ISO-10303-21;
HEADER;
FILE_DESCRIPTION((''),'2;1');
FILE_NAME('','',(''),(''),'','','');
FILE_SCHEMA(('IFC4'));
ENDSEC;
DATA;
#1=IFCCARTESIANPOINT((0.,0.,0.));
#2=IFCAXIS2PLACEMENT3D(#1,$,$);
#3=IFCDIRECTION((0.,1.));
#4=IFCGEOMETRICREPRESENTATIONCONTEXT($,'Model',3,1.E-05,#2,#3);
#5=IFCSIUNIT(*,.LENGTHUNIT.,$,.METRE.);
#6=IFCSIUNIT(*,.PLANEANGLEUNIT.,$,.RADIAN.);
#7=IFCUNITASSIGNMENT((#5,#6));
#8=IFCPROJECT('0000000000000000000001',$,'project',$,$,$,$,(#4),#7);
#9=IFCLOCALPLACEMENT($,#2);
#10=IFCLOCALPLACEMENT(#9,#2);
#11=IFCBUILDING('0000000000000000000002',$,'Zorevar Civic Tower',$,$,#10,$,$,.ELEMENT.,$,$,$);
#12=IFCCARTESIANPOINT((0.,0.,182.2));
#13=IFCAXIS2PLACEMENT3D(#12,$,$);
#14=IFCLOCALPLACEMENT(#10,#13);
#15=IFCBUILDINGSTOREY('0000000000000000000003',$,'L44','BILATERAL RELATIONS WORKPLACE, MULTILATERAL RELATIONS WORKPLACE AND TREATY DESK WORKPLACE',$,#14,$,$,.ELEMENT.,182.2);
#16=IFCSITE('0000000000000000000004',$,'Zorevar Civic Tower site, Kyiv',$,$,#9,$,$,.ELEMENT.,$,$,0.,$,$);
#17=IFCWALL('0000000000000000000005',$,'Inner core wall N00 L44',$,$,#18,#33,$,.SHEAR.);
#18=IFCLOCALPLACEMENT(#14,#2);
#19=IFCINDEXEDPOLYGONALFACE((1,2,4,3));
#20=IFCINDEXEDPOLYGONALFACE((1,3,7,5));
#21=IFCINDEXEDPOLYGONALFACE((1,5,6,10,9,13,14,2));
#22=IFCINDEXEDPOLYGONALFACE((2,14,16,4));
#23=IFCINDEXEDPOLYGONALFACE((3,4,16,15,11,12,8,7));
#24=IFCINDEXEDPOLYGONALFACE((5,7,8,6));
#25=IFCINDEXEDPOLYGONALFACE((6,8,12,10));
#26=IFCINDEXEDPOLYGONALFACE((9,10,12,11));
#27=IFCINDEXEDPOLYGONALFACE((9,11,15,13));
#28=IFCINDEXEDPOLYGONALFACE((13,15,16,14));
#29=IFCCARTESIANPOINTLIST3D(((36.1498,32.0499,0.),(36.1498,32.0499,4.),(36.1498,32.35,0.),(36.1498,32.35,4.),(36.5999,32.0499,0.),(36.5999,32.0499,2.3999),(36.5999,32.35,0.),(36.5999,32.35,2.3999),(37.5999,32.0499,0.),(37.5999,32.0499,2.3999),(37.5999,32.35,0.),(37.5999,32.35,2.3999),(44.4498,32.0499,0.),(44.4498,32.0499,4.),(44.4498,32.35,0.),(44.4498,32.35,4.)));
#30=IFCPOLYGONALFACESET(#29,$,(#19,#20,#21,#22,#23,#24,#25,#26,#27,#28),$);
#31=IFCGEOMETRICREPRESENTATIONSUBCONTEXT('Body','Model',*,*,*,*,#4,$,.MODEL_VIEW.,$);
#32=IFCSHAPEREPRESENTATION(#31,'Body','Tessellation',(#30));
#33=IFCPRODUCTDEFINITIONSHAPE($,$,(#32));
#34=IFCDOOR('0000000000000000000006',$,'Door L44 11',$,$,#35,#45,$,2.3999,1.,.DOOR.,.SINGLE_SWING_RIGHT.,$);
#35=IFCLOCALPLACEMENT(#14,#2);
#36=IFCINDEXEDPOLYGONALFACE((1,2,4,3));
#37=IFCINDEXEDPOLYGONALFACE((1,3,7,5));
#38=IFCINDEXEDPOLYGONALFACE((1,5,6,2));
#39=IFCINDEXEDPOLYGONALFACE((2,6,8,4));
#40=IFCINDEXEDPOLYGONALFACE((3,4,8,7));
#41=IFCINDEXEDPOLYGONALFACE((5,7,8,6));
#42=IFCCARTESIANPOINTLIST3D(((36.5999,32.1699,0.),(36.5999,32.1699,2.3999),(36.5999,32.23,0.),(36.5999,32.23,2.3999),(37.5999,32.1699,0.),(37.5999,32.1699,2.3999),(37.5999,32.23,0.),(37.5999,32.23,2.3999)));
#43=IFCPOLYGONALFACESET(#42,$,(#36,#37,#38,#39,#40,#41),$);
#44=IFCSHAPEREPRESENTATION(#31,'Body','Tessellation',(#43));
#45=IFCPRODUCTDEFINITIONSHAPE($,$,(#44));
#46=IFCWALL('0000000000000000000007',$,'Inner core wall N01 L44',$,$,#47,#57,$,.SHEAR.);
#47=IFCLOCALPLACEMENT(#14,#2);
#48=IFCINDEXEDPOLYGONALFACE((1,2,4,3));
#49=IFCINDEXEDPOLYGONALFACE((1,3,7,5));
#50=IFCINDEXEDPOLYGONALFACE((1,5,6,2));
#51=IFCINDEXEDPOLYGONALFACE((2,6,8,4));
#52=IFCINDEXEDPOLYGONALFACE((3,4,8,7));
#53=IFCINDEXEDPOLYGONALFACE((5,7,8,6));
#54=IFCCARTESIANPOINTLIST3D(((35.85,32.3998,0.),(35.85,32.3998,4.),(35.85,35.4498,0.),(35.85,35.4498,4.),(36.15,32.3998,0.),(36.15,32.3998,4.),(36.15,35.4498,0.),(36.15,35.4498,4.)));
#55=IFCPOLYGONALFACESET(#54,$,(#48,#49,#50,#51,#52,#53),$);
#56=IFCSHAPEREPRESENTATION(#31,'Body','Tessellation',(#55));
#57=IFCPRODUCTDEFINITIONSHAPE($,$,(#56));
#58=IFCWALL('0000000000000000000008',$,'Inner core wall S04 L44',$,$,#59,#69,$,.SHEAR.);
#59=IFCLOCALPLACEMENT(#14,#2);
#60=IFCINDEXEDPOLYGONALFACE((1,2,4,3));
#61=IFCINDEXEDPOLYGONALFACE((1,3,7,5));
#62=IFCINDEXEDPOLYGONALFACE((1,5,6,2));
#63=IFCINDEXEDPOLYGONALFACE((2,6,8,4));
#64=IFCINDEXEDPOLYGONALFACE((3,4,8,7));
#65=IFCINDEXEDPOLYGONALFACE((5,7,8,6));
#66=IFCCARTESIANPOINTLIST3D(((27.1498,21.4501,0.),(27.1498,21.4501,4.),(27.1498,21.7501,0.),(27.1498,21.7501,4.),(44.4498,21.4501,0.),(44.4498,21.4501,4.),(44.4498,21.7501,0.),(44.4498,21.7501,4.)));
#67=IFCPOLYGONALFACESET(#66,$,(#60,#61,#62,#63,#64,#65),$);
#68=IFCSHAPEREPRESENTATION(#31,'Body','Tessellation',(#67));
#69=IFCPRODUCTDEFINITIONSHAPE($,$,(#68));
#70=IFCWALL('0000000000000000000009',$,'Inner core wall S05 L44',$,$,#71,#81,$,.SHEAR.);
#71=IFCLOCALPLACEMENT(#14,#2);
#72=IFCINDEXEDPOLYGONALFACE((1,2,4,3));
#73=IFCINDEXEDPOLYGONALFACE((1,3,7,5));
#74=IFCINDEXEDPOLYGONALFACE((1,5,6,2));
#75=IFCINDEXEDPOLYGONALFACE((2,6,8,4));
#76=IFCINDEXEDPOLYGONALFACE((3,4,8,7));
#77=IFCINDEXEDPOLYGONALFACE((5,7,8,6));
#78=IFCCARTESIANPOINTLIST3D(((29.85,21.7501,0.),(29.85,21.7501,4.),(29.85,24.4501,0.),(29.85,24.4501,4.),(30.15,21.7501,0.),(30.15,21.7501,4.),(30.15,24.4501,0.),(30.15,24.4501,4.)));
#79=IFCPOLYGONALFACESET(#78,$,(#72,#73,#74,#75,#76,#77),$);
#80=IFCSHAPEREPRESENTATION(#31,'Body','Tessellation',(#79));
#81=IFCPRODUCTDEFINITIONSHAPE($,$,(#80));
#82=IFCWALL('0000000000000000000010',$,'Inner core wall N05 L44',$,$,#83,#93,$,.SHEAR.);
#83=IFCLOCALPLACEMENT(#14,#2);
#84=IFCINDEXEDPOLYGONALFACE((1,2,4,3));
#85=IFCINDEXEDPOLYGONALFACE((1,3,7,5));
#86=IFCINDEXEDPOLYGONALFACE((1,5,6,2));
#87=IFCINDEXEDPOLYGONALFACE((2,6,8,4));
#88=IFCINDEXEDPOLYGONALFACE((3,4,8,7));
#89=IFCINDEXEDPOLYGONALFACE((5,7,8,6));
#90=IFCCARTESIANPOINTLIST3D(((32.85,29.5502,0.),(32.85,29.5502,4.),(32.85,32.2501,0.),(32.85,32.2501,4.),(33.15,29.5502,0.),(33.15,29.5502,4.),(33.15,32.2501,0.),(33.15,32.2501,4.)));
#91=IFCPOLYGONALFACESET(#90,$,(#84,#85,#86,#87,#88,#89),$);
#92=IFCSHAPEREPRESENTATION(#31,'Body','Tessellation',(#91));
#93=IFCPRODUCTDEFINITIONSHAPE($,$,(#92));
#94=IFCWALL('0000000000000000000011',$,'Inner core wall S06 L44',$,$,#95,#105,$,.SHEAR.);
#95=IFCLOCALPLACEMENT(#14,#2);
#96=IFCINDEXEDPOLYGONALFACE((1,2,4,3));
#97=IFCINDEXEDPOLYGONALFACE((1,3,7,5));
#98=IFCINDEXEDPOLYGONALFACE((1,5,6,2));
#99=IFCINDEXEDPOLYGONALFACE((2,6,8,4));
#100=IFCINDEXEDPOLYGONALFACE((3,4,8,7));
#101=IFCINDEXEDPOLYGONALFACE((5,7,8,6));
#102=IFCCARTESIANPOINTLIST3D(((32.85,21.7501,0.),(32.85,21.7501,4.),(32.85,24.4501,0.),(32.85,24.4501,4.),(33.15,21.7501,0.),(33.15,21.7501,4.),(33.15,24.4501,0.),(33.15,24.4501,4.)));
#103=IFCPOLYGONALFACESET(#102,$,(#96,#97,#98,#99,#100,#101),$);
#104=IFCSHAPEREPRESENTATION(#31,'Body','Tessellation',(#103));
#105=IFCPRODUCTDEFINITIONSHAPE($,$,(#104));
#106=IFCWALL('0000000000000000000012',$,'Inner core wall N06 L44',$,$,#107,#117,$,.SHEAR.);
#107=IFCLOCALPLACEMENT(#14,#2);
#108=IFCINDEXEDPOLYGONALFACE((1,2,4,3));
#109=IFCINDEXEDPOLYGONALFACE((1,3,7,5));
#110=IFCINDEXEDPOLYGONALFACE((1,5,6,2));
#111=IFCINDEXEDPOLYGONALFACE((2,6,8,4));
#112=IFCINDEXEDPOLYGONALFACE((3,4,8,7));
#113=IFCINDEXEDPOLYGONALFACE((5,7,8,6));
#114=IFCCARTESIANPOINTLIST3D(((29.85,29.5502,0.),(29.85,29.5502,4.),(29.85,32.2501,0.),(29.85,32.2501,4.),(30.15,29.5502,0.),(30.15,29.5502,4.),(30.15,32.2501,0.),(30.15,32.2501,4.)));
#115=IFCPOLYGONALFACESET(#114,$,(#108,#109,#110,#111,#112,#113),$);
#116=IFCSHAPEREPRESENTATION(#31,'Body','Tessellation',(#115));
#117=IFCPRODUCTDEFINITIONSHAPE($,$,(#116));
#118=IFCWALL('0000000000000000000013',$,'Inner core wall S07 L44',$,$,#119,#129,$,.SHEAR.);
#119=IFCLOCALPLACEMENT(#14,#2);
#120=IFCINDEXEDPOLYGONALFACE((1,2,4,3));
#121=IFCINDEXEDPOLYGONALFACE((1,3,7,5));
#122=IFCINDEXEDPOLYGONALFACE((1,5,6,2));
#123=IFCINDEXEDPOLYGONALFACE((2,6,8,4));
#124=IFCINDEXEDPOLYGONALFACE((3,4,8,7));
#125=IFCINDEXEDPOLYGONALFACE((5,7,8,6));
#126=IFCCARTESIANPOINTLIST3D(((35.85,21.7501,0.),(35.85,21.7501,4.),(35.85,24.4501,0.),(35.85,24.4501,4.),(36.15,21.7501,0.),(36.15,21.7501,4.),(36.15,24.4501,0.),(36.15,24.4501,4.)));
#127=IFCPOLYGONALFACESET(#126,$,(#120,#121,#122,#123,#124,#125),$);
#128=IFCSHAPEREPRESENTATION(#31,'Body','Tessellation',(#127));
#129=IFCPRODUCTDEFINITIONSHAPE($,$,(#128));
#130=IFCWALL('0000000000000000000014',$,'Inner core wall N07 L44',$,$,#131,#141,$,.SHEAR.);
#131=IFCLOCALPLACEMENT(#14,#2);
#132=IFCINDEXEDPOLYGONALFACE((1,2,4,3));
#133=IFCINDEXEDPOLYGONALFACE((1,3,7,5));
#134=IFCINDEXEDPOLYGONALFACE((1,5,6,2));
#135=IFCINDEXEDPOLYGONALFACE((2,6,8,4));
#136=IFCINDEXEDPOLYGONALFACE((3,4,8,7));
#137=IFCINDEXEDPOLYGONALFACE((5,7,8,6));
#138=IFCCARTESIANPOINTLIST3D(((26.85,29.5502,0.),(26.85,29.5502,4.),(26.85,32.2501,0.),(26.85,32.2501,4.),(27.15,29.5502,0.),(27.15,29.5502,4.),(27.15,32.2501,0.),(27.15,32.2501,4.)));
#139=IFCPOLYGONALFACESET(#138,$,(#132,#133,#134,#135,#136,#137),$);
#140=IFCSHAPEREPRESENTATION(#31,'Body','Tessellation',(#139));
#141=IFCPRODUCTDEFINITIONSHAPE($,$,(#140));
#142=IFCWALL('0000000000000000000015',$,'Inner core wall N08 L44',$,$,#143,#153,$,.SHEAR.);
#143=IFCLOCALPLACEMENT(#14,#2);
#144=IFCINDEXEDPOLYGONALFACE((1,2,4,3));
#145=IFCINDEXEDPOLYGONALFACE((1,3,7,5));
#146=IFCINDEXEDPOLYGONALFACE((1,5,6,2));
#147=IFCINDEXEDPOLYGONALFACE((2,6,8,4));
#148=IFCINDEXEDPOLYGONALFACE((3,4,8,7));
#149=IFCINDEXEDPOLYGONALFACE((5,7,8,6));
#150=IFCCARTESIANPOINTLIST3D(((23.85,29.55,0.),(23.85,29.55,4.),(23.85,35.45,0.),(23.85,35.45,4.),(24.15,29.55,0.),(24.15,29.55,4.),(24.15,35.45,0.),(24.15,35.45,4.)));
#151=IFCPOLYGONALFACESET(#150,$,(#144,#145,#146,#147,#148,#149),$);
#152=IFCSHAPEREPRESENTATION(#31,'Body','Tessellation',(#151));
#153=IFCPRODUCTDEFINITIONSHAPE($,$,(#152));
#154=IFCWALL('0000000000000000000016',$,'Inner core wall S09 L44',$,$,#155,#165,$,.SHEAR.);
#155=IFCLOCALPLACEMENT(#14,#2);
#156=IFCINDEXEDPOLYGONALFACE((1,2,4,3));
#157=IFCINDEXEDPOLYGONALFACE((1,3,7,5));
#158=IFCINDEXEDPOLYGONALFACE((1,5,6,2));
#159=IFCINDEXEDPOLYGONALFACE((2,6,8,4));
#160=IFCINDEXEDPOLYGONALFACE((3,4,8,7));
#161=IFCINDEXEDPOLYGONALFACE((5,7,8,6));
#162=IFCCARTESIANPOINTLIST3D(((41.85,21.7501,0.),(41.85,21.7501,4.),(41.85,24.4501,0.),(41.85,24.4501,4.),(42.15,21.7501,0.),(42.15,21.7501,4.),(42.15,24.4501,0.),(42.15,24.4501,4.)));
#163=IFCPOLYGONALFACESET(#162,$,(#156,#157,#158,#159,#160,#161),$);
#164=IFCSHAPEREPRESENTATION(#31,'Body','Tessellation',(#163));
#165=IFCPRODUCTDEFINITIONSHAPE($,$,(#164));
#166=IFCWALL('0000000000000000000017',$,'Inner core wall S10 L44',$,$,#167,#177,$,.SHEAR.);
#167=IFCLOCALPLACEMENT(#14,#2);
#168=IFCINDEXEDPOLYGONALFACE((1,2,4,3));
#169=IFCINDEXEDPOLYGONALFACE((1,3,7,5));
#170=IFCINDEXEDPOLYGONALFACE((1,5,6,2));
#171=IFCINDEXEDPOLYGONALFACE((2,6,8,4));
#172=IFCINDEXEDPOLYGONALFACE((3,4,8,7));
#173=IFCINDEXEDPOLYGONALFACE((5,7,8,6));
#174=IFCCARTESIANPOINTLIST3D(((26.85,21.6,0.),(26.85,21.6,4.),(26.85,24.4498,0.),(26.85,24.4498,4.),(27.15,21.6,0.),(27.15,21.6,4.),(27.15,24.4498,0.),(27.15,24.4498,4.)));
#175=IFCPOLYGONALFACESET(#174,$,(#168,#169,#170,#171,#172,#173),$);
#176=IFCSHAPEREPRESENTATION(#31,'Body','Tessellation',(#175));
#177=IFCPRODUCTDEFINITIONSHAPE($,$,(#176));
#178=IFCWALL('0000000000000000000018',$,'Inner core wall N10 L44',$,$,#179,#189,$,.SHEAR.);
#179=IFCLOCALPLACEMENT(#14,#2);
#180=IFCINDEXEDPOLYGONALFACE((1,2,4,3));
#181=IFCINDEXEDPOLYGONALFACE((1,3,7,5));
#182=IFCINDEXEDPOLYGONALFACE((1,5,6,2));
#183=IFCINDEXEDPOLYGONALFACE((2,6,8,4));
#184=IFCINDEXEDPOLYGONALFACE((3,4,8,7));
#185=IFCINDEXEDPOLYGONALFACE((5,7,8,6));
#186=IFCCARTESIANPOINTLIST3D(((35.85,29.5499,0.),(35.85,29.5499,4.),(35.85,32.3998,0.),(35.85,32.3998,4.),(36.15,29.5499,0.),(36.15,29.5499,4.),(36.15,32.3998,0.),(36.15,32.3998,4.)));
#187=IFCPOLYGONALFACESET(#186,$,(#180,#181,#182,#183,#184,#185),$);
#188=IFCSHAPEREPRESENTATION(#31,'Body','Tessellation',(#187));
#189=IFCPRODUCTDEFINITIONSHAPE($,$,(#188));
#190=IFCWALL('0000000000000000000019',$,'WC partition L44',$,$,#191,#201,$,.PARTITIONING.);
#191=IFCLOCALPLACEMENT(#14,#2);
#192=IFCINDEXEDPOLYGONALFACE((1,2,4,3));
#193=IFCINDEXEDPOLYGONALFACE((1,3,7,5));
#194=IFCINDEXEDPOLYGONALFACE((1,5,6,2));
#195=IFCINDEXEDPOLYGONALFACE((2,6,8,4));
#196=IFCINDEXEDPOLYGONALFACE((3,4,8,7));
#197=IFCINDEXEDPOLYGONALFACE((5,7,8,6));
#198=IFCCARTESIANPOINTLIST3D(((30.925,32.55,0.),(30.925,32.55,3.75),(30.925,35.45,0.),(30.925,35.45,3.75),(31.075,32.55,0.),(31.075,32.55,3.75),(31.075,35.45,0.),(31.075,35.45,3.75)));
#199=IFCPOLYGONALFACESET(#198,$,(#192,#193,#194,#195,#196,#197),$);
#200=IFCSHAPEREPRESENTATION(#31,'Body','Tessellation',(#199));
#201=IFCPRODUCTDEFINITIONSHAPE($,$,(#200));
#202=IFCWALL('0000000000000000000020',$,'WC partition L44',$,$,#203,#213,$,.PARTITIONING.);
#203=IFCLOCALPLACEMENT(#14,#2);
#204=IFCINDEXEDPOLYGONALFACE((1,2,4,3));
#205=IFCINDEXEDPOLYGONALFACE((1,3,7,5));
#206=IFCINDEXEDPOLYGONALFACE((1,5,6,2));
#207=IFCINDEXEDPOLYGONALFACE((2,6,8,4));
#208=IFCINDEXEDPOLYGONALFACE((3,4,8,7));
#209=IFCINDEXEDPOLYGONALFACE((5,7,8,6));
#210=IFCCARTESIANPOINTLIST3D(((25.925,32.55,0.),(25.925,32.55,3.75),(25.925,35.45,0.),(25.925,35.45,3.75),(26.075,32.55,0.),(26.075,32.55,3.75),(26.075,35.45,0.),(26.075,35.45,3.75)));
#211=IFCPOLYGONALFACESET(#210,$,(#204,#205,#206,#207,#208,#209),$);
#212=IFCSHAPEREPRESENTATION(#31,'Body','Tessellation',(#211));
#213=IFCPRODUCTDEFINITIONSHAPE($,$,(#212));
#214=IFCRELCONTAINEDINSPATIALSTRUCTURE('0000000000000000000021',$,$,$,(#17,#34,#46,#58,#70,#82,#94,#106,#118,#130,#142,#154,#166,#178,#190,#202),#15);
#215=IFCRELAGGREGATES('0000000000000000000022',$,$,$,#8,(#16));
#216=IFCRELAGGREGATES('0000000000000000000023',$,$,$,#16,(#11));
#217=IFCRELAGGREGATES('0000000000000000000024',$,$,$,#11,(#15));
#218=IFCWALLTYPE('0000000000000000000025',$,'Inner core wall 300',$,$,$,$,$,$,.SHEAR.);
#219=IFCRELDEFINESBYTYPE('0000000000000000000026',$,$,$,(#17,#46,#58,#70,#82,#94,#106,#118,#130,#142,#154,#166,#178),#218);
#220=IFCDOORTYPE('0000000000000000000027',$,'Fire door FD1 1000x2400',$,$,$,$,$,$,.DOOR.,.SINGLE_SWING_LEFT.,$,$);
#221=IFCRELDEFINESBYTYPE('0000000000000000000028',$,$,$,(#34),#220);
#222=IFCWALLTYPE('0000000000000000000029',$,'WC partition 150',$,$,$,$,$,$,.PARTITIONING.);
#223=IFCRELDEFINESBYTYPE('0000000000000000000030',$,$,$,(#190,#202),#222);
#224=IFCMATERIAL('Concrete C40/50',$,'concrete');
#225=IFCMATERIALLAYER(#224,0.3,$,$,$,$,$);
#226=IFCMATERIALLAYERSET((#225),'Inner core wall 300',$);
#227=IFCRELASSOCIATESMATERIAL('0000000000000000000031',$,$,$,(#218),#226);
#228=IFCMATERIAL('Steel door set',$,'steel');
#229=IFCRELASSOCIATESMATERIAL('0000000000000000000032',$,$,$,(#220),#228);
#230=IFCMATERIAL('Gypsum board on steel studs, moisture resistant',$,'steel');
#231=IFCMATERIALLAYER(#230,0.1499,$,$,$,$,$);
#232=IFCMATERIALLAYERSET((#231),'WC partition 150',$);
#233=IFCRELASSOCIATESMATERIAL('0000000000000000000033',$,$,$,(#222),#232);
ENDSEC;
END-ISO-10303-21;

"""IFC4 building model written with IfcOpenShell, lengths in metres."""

from ifc_helpers import new_model, si_unit, direction, frame, frame_2d, origin, place, context, subcontext, project, spatial, rectangle, extrude, material, layer, layer_set, type_object, element, fill, save


model = new_model("IFC4")

# Units and contexts
model_context = context("Model", 3, precision=1e-05, world=origin(), true_north=direction((0.0, 1.0)))
body_context = subcontext(model_context, "Body", "Model", "MODEL_VIEW")
ifc_project = project(units=[si_unit("LENGTHUNIT", "METRE"), si_unit("PLANEANGLEUNIT", "RADIAN")], contexts=[model_context])

# Site, building, storey
site_placement = place(None, origin())
site = spatial("IfcSite", under=ifc_project, at=site_placement, Name="Zorevar Civic Tower site, Kyiv", CompositionType="ELEMENT", RefElevation=0.0)
building_placement = place(site_placement, origin())
building = spatial("IfcBuilding", under=site, at=building_placement, Name="Zorevar Civic Tower", CompositionType="ELEMENT")
storey_placement = place(building_placement, frame((0.0, 0.0, 182.2)))
storey = spatial("IfcBuildingStorey", under=building, at=storey_placement, Name="L44", Description="BILATERAL RELATIONS WORKPLACE, MULTILATERAL RELATIONS WORKPLACE AND TREATY DESK WORKPLACE", CompositionType="ELEMENT", Elevation=182.2)

# Wall, opening, door
ifc_material_1 = material(Name="Concrete C40/50", Category="concrete")
ifc_layer_1 = layer(ifc_material_1, 0.3)
ifc_layer_set_1 = layer_set([ifc_layer_1], Name="Inner core wall 300")
wall_type_1 = type_object("IfcWallType", Name="Inner core wall 300", PredefinedType="SHEAR", material=ifc_layer_set_1)
wall_1_placement = place(storey_placement, frame((36.1499, 32.2, 0.0), z_axis=(0.0, 0.0, 1.0), x_axis=(1.0, 0.0, 0.0)))
wall_1 = element("IfcWall", 1, at=wall_1_placement, inside=storey, type_object=wall_type_1, Name="Inner core wall N00 L44", PredefinedType="SHEAR", context=body_context, shape_type="SweptSolid", body=[
    extrude(rectangle(XDim=8.3, YDim=0.3, at=frame_2d((4.1499, 0.0))), origin(), (0.0, 0.0, 1.0), 4.0),
])
opening_1_placement = place(wall_1_placement, frame((0.45, 0.0, 0.0)))
opening_1 = element("IfcOpeningElement", 2, at=opening_1_placement, cuts=wall_1, PredefinedType="OPENING", context=body_context, shape_type="SweptSolid", body=[
    extrude(rectangle(XDim=1.0, YDim=2.3999, at=frame_2d((0.5, 1.2))), frame((0.0, 0.1599, 0.0), z_axis=(0.0, -1.0, 0.0), x_axis=(1.0, 0.0, 0.0)), (0.0, 0.0, 1.0), 0.3201),
])
ifc_material_2 = material(Name="Steel door set", Category="steel")
door_type = type_object("IfcDoorType", Name="Fire door FD1 1000x2400", OperationType="SINGLE_SWING_LEFT", PredefinedType="DOOR", material=ifc_material_2)
door_1_placement = place(opening_1_placement, origin())
door_1 = element("IfcDoor", 3, at=door_1_placement, inside=storey, type_object=door_type, Name="Door L44 11", OperationType="SINGLE_SWING_RIGHT", OverallHeight=2.3999, OverallWidth=1.0, PredefinedType="DOOR", context=body_context, shape_type="SweptSolid", body=[
    extrude(rectangle(XDim=1.0, YDim=2.3999, at=frame_2d((0.5, 1.2))), frame((0.0, 0.03, 0.0), z_axis=(0.0, -1.0, 0.0), x_axis=(1.0, 0.0, 0.0)), (0.0, 0.0, 1.0), 0.0601),
])
fill(opening_1, door_1)

# Walls
wall_2_placement = place(storey_placement, frame((36.0, 32.3999, 0.0), z_axis=(0.0, 0.0, 1.0), x_axis=(0.0, 1.0, 0.0)))
element("IfcWall", 4, at=wall_2_placement, inside=storey, type_object=wall_type_1, Name="Inner core wall N01 L44", PredefinedType="SHEAR", context=body_context, shape_type="SweptSolid", body=[
    extrude(rectangle(XDim=3.05, YDim=0.3, at=frame_2d((1.5249, 0.0))), origin(), (0.0, 0.0, 1.0), 4.0),
])
wall_3_placement = place(storey_placement, frame((27.1499, 21.6001, 0.0), z_axis=(0.0, 0.0, 1.0), x_axis=(1.0, 0.0, 0.0)))
element("IfcWall", 5, at=wall_3_placement, inside=storey, type_object=wall_type_1, Name="Inner core wall S04 L44", PredefinedType="SHEAR", context=body_context, shape_type="SweptSolid", body=[
    extrude(rectangle(XDim=17.3, YDim=0.3, at=frame_2d((8.6499, 0.0))), origin(), (0.0, 0.0, 1.0), 4.0),
])
for number, where, z_axis, x_axis, name in (
    (6, (30.0, 21.75, 0.0), (0.0, 0.0, 1.0), (0.0, 1.0, 0.0), "Inner core wall S05 L44"),
    (7, (33.0, 29.55, 0.0), (0.0, 0.0, 1.0), (0.0, 1.0, 0.0), "Inner core wall N05 L44"),
    (8, (33.0, 21.75, 0.0), (0.0, 0.0, 1.0), (0.0, 1.0, 0.0), "Inner core wall S06 L44"),
    (9, (30.0, 29.55, 0.0), (0.0, 0.0, 1.0), (0.0, 1.0, 0.0), "Inner core wall N06 L44"),
    (10, (36.0, 21.75, 0.0), (0.0, 0.0, 1.0), (0.0, 1.0, 0.0), "Inner core wall S07 L44"),
    (11, (27.0, 29.55, 0.0), (0.0, 0.0, 1.0), (0.0, 1.0, 0.0), "Inner core wall N07 L44"),
):
    element("IfcWall", number, at=place(storey_placement, frame(where, z_axis=z_axis, x_axis=x_axis)), inside=storey, type_object=wall_type_1, Name=name, PredefinedType="SHEAR", context=body_context, shape_type="SweptSolid", body=[
        extrude(rectangle(XDim=2.7, YDim=0.3, at=frame_2d((1.3501, 0.0))), origin(), (0.0, 0.0, 1.0), 4.0),
    ])
wall_4_placement = place(storey_placement, frame((24.0, 29.55, 0.0), z_axis=(0.0, 0.0, 1.0), x_axis=(0.0, 1.0, 0.0)))
element("IfcWall", 12, at=wall_4_placement, inside=storey, type_object=wall_type_1, Name="Inner core wall N08 L44", PredefinedType="SHEAR", context=body_context, shape_type="SweptSolid", body=[
    extrude(rectangle(XDim=5.8999, YDim=0.3, at=frame_2d((2.95, 0.0))), origin(), (0.0, 0.0, 1.0), 4.0),
])
wall_5_placement = place(storey_placement, frame((42.0, 21.75, 0.0), z_axis=(0.0, 0.0, 1.0), x_axis=(0.0, 1.0, 0.0)))
element("IfcWall", 13, at=wall_5_placement, inside=storey, type_object=wall_type_1, Name="Inner core wall S09 L44", PredefinedType="SHEAR", context=body_context, shape_type="SweptSolid", body=[
    extrude(rectangle(XDim=2.7, YDim=0.3, at=frame_2d((1.3501, 0.0))), origin(), (0.0, 0.0, 1.0), 4.0),
])
for number, where, z_axis, x_axis, name in (
    (14, (27.0, 21.6001, 0.0), (0.0, 0.0, 1.0), (0.0, 1.0, 0.0), "Inner core wall S10 L44"),
    (15, (36.0, 29.55, 0.0), (0.0, 0.0, 1.0), (0.0, 1.0, 0.0), "Inner core wall N10 L44"),
):
    element("IfcWall", number, at=place(storey_placement, frame(where, z_axis=z_axis, x_axis=x_axis)), inside=storey, type_object=wall_type_1, Name=name, PredefinedType="SHEAR", context=body_context, shape_type="SweptSolid", body=[
        extrude(rectangle(XDim=2.8499, YDim=0.3, at=frame_2d((1.4248, 0.0))), origin(), (0.0, 0.0, 1.0), 4.0),
    ])

# Walls
ifc_material_3 = material(Name="Gypsum board on steel studs, moisture resistant", Category="steel")
ifc_layer_2 = layer(ifc_material_3, 0.1499)
ifc_layer_set_2 = layer_set([ifc_layer_2], Name="WC partition 150")
wall_type_2 = type_object("IfcWallType", Name="WC partition 150", PredefinedType="PARTITIONING", material=ifc_layer_set_2)
for number, where, z_axis, x_axis, name in (
    (16, (31.0, 32.55, 0.0), (0.0, 0.0, 1.0), (0.0, 1.0, 0.0), "WC partition L44"),
    (17, (26.0, 32.55, 0.0), (0.0, 0.0, 1.0), (0.0, 1.0, 0.0), "WC partition L44"),
):
    element("IfcWall", number, at=place(storey_placement, frame(where, z_axis=z_axis, x_axis=x_axis)), inside=storey, type_object=wall_type_2, Name=name, PredefinedType="PARTITIONING", context=body_context, shape_type="SweptSolid", body=[
        extrude(rectangle(XDim=2.8999, YDim=0.1499, at=frame_2d((1.45, 0.0))), origin(), (0.0, 0.0, 1.0), 3.75),
    ])

save(model, "model.ifc")
